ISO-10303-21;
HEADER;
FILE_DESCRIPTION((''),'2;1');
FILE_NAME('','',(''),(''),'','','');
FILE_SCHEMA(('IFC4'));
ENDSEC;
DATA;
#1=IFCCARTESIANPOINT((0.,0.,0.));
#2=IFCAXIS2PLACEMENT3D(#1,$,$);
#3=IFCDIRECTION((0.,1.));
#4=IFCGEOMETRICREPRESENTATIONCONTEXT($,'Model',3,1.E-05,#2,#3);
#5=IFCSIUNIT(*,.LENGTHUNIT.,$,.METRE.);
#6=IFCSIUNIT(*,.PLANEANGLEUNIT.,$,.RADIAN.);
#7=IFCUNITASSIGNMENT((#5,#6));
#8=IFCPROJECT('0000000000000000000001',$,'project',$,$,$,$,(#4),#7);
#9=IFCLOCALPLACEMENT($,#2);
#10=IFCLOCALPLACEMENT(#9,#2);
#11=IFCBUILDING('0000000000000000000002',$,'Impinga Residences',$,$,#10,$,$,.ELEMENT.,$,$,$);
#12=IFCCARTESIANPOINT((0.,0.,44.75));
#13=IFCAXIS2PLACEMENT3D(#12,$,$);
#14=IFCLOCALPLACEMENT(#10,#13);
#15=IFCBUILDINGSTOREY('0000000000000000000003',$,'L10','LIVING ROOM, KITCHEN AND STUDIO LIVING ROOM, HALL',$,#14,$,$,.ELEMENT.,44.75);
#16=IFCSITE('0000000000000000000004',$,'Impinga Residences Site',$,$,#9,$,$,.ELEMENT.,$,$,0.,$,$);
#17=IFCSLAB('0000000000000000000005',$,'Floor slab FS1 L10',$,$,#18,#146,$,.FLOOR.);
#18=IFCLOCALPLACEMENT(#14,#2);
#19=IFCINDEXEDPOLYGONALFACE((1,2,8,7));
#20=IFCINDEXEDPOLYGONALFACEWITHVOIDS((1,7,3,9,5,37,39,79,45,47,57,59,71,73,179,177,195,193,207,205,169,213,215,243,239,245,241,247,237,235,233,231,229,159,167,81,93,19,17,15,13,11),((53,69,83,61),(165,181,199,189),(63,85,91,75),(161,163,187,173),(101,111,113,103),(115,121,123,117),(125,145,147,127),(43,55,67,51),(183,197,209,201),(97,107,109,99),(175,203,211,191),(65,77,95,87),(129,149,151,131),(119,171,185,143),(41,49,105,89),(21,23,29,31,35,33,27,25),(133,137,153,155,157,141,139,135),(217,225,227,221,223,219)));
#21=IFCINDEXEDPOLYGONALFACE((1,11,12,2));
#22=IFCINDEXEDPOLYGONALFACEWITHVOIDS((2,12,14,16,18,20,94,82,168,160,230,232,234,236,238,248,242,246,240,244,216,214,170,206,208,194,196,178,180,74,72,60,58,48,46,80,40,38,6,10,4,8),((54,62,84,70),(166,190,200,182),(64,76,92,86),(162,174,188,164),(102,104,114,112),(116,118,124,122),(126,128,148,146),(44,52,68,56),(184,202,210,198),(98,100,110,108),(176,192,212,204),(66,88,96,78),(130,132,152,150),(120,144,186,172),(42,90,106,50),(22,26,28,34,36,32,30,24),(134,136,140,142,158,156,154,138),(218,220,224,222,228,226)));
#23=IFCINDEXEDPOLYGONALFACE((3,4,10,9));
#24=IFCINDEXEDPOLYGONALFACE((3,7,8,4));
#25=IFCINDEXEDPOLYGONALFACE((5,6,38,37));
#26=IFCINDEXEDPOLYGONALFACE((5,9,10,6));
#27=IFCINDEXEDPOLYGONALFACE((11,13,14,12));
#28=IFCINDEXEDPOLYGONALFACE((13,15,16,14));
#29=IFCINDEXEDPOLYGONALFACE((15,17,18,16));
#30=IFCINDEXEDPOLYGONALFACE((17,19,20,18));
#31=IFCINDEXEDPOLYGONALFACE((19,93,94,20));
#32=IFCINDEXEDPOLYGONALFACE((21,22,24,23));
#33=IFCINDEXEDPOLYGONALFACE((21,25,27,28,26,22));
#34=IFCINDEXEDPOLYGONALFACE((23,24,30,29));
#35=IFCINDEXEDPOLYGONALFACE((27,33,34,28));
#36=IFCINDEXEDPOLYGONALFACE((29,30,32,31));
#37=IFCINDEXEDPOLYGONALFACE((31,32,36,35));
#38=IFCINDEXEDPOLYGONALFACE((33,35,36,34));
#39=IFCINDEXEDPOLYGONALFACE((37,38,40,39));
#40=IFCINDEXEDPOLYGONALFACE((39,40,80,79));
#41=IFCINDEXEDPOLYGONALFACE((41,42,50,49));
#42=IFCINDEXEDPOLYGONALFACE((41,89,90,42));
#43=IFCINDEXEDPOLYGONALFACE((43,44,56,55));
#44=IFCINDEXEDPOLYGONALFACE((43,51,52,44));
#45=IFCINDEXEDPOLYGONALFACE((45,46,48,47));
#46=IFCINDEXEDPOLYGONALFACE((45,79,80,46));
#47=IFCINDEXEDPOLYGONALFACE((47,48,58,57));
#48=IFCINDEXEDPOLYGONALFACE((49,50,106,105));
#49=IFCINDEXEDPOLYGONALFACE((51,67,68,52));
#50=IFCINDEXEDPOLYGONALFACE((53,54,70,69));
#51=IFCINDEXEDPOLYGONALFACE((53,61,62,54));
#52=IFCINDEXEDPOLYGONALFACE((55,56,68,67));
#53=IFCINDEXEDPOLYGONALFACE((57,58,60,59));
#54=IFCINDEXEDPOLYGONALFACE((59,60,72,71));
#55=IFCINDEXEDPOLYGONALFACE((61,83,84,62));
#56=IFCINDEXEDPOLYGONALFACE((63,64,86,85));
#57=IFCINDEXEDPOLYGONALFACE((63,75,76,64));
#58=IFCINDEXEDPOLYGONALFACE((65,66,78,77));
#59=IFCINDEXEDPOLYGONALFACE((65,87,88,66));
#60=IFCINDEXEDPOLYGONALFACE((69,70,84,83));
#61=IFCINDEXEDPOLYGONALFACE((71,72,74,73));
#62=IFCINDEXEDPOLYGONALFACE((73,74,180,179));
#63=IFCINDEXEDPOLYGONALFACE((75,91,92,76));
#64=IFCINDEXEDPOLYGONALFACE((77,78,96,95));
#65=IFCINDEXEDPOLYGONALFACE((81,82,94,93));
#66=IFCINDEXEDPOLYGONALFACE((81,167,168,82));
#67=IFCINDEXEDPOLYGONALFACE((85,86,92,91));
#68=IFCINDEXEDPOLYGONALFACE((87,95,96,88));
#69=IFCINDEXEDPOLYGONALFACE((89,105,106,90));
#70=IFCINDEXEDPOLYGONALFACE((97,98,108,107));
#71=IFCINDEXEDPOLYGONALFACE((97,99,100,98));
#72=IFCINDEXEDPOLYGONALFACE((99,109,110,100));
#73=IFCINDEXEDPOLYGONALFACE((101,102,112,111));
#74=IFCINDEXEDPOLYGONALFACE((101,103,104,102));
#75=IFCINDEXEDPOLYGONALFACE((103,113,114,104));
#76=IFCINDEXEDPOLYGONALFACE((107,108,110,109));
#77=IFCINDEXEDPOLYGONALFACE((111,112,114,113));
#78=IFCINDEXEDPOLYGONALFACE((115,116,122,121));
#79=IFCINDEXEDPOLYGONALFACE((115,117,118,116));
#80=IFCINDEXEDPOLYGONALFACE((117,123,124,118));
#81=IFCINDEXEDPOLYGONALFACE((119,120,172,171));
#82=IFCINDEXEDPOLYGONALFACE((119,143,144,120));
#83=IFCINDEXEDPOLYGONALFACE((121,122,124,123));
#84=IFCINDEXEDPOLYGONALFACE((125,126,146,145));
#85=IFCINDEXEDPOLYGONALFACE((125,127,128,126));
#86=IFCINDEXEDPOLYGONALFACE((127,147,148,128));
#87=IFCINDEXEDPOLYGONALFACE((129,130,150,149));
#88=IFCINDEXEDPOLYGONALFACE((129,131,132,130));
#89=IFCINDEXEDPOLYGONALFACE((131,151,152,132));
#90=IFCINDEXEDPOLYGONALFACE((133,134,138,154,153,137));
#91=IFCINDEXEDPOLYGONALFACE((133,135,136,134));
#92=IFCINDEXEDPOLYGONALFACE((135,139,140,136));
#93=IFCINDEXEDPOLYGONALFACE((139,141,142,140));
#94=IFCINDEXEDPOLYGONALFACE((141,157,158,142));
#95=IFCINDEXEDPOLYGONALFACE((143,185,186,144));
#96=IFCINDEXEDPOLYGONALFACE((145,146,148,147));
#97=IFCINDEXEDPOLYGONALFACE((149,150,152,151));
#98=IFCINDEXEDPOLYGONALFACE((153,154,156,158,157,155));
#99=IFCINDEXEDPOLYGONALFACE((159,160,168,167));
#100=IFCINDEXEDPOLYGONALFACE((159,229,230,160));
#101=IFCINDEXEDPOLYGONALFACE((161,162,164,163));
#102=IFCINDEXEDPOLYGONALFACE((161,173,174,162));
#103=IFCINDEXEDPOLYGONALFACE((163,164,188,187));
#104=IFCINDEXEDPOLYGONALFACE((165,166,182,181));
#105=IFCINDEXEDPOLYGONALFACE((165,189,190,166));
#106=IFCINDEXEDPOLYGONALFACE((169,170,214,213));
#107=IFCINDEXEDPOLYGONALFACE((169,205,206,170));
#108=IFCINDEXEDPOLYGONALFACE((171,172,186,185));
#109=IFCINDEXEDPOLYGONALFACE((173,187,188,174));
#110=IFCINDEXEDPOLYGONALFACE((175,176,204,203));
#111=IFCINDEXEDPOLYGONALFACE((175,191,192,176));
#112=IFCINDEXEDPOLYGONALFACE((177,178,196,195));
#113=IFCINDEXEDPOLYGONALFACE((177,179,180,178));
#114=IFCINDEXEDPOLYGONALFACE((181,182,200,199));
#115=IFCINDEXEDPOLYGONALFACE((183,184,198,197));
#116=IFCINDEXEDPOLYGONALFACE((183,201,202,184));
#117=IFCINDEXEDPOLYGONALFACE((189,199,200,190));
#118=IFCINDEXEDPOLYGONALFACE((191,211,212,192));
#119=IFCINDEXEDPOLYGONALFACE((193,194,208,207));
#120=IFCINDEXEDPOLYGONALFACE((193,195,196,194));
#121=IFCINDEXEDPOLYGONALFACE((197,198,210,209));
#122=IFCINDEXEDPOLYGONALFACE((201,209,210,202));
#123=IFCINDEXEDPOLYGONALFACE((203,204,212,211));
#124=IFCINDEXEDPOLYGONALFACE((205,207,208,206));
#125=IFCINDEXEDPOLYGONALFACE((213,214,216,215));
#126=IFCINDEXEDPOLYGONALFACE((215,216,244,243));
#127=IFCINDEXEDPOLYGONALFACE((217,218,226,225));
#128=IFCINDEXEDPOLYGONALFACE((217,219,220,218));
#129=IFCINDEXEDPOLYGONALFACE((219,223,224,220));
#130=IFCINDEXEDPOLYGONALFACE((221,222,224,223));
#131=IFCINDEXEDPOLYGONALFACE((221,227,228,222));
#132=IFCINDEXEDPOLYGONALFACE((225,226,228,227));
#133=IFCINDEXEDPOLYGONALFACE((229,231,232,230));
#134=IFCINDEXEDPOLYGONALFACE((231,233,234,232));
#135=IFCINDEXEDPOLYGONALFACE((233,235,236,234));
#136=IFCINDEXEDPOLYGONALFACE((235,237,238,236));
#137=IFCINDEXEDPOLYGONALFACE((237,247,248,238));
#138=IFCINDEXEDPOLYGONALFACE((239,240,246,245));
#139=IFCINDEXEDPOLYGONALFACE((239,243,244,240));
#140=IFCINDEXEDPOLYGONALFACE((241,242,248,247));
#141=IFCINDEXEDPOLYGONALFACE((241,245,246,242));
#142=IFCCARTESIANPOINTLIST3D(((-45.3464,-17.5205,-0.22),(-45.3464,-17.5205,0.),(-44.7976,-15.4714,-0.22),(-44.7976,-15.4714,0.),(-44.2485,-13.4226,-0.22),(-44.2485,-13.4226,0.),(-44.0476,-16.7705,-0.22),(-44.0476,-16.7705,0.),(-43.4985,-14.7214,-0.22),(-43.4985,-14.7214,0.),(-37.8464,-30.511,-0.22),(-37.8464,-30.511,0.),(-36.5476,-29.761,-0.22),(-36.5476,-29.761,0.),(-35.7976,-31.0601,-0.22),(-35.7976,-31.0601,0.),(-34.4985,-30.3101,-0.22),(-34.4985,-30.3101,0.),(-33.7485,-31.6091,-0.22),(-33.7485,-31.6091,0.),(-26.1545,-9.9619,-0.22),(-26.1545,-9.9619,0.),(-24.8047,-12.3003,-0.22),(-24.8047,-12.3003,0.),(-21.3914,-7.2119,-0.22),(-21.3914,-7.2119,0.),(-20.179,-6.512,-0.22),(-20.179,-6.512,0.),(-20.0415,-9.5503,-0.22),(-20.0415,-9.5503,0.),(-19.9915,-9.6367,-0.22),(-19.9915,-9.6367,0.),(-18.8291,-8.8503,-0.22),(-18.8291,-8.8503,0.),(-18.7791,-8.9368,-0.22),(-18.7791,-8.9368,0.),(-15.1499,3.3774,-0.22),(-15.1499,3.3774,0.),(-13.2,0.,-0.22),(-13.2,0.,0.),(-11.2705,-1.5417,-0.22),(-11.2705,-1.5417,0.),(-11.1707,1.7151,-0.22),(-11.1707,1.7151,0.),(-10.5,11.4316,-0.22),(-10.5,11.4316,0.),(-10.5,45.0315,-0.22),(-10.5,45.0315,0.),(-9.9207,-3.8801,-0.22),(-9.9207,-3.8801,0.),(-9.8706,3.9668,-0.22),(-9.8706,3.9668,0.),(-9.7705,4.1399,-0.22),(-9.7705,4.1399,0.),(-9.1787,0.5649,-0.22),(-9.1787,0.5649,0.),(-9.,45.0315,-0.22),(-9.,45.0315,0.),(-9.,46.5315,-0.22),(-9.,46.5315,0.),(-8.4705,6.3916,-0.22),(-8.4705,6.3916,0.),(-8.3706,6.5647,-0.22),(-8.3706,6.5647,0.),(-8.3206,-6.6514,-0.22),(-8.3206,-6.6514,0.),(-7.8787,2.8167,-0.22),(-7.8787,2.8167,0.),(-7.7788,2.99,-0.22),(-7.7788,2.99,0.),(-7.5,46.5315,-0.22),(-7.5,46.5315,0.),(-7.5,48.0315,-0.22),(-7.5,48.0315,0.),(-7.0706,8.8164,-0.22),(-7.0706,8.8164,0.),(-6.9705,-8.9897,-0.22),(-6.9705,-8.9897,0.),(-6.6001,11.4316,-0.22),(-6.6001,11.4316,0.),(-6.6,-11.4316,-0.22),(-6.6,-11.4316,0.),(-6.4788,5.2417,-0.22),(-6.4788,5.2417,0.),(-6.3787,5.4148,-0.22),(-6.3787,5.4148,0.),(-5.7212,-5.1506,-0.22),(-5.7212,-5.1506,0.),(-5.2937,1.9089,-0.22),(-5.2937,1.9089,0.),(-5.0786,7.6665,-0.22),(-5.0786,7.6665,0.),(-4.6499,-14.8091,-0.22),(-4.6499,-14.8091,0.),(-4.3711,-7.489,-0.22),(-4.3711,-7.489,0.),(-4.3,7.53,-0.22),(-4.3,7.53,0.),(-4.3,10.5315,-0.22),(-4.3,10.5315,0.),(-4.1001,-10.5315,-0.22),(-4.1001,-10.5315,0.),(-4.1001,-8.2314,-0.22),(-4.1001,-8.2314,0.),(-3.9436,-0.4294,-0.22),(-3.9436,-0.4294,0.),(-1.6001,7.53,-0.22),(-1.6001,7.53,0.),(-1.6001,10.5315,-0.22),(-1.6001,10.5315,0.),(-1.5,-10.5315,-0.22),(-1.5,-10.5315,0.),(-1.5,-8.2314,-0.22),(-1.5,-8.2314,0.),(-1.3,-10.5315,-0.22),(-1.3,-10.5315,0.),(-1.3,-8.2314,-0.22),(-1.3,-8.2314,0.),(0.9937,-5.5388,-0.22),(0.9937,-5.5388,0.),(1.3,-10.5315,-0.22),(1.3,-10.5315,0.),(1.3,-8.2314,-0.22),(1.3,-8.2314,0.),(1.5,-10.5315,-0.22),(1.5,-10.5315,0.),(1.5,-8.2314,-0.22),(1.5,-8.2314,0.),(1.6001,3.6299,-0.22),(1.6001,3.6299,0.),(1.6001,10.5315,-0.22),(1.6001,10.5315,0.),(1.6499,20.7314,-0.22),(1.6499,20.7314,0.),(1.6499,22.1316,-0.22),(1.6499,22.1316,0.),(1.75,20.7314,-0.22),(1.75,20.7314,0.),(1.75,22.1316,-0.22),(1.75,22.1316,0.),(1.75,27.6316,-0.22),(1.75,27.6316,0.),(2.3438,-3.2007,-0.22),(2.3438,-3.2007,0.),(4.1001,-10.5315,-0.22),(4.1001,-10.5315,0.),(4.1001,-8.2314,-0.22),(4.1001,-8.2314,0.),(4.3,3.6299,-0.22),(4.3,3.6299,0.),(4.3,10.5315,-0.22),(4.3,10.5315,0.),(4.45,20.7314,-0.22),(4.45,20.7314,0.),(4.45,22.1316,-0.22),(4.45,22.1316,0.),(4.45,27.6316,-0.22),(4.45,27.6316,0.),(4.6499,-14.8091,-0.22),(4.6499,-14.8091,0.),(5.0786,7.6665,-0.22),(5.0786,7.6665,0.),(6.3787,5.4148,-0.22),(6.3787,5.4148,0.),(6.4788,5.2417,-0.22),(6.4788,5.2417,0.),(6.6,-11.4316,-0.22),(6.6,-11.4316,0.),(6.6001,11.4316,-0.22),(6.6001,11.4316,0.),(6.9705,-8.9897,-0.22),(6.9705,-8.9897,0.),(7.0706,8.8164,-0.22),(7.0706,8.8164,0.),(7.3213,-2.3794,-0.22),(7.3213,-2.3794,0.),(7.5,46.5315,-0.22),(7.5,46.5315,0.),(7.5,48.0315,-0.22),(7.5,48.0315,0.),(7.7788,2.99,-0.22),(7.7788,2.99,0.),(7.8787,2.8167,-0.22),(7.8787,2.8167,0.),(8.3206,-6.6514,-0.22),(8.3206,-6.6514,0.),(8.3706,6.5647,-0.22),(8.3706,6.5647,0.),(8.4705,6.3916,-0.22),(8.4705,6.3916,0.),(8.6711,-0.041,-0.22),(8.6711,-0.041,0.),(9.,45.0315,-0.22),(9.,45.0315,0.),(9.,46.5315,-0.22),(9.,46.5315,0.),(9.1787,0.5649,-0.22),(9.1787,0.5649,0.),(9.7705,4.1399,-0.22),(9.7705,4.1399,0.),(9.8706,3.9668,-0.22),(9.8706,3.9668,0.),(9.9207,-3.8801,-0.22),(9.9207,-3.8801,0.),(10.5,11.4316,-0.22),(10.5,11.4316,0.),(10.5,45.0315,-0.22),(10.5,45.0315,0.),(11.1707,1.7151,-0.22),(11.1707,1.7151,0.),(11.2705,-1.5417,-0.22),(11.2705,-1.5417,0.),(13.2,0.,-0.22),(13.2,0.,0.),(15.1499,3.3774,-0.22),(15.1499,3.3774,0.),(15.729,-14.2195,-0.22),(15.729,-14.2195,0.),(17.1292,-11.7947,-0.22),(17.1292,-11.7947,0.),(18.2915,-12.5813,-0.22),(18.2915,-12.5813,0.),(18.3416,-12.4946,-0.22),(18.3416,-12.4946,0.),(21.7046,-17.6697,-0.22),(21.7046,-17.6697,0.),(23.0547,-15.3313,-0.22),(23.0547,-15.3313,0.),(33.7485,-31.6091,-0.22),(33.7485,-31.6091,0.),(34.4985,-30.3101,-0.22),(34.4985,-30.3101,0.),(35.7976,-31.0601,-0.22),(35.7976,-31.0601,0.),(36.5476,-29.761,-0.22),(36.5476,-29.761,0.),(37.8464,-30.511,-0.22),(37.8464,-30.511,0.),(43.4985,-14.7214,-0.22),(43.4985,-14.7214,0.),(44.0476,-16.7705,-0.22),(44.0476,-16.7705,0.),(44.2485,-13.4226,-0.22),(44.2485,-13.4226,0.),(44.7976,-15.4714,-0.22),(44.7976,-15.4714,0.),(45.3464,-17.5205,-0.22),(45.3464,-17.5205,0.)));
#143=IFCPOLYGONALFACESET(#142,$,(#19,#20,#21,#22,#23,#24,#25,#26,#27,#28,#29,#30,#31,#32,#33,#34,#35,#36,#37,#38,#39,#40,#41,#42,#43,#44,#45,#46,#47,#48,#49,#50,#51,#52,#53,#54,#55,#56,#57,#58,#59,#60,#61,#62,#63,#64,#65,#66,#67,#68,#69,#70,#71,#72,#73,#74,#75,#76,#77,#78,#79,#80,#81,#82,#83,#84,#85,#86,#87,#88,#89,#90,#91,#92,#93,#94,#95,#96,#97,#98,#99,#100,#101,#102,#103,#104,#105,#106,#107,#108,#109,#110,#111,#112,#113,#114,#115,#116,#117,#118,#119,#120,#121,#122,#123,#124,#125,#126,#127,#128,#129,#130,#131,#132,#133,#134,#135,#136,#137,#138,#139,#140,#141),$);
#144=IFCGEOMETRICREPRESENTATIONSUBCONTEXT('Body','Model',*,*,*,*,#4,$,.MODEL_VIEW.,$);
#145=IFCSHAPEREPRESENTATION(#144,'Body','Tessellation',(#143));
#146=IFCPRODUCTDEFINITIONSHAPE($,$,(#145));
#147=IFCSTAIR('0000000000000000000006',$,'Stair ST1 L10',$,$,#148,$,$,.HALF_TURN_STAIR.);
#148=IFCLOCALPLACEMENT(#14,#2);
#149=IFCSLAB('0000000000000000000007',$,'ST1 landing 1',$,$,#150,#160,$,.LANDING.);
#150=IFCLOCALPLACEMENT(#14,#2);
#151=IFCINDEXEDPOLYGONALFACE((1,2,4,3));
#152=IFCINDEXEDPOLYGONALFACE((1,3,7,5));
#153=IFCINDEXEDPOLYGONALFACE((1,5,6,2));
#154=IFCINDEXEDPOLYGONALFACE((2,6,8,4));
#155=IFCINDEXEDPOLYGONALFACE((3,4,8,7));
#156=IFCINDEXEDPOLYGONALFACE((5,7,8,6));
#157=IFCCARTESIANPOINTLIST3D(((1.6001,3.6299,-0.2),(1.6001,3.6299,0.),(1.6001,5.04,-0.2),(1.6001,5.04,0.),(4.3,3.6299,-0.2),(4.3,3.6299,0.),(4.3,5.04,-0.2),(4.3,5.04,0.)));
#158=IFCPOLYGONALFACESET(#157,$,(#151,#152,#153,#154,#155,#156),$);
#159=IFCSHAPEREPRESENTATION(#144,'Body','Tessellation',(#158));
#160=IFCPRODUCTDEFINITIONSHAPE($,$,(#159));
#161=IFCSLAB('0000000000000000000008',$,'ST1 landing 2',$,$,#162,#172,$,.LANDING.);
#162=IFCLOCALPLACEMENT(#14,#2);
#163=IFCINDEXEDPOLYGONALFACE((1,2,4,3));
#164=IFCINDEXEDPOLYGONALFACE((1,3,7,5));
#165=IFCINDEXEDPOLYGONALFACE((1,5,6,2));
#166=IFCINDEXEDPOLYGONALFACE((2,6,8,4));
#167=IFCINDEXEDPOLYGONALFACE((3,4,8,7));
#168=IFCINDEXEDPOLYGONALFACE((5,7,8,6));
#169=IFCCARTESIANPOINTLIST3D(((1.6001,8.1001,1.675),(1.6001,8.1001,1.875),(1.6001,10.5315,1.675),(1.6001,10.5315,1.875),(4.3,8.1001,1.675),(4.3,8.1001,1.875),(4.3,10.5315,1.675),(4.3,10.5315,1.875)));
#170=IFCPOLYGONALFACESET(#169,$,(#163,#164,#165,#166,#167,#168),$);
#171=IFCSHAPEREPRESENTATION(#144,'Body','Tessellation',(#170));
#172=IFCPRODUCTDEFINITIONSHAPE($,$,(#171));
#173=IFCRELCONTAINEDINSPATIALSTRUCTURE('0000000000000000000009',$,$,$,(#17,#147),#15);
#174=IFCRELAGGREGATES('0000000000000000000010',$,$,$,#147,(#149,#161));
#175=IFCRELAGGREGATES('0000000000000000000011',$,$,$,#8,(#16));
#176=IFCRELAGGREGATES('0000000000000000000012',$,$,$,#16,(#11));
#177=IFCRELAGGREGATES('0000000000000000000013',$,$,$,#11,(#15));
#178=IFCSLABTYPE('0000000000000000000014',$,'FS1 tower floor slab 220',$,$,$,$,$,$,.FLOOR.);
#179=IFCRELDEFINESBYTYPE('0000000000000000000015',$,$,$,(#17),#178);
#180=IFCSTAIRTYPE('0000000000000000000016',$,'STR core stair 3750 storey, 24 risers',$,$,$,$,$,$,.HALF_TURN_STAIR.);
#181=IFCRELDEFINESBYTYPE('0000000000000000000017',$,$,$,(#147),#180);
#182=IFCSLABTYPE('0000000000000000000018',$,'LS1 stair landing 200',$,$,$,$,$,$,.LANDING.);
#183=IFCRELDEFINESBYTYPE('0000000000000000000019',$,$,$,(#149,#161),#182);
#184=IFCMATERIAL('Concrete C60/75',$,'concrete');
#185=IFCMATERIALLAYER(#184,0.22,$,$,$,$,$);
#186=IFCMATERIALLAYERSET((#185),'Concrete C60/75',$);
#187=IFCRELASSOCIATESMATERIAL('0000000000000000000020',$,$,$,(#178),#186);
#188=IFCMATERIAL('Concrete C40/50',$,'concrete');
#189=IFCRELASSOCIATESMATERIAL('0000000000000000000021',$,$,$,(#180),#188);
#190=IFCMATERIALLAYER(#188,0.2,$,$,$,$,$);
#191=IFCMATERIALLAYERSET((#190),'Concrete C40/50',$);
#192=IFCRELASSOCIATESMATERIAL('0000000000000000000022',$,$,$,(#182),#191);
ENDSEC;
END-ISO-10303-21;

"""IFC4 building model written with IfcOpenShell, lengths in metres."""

from ifc_helpers import new_model, si_unit, direction, frame, origin, place, context, subcontext, project, spatial, polyline, outline, extrude, material, layer, layer_set, type_object, element, aggregate, save


model = new_model("IFC4")

# Units and contexts
model_context = context("Model", 3, precision=1e-05, world=origin(), true_north=direction((0.0, 1.0)))
body_context = subcontext(model_context, "Body", "Model", "MODEL_VIEW")
ifc_project = project(units=[si_unit("LENGTHUNIT", "METRE"), si_unit("PLANEANGLEUNIT", "RADIAN")], contexts=[model_context])

# Site, building, storey
site_placement = place(None, origin())
site = spatial("IfcSite", under=ifc_project, at=site_placement, Name="Impinga Residences Site", CompositionType="ELEMENT", RefElevation=0.0)
building_placement = place(site_placement, origin())
building = spatial("IfcBuilding", under=site, at=building_placement, Name="Impinga Residences", CompositionType="ELEMENT")
storey_placement = place(building_placement, frame((0.0, 0.0, 44.75)))
storey = spatial("IfcBuildingStorey", under=building, at=storey_placement, Name="L10", Description="LIVING ROOM, KITCHEN AND STUDIO LIVING ROOM, HALL", CompositionType="ELEMENT", Elevation=44.75)

# Slab
ifc_material_1 = material(Name="Concrete C60/75", Category="concrete")
ifc_layer_1 = layer(ifc_material_1, 0.22)
ifc_layer_set_1 = layer_set([ifc_layer_1], Name="Concrete C60/75")
slab_type_1 = type_object("IfcSlabType", Name="FS1 tower floor slab 220", PredefinedType="FLOOR", material=ifc_layer_set_1)
slab_1_placement = place(storey_placement, frame((0.0, 0.0, -0.22)))
element("IfcSlab", 1, at=slab_1_placement, inside=storey, type_object=slab_type_1, Name="Floor slab FS1 L10", PredefinedType="FLOOR", context=body_context, shape_type="SweptSolid", body=[
    extrude(outline(polyline([(-34.4985, -30.3101), (-35.7976, -31.0601), (-36.5476, -29.761), (-37.8464, -30.511), (-45.3464, -17.5205), (-44.0476, -16.7705), (-44.7976, -15.4714), (-43.4985, -14.7214), (-44.2485, -13.4226), (-15.1499, 3.3774), (-13.2, 0.0), (-6.6001, 11.4316), (-10.5, 11.4316), (-10.5, 45.0315), (-9.0, 45.0315), (-9.0, 46.5315), (-7.5, 46.5315), (-7.5, 48.0315), (7.5, 48.0315), (7.5, 46.5315), (9.0, 46.5315), (9.0, 45.0315), (10.5, 45.0315), (10.5, 11.4316), (6.6001, 11.4316), (13.2, 0.0), (15.1499, 3.3774), (44.2485, -13.4226), (43.4985, -14.7214), (44.7976, -15.4714), (44.0476, -16.7705), (45.3464, -17.5205), (37.8464, -30.511), (36.5476, -29.761), (35.7976, -31.0601), (34.4985, -30.3101), (33.7485, -31.6091), (4.6499, -14.8091), (9.9001, -5.7158), (6.6001, -11.4316), (-6.6001, -11.4316), (-9.9001, -5.7158), (-4.6499, -14.8091), (-33.7485, -31.6091), (-34.4985, -30.3101)]), holes=[polyline([(-21.3914, -7.2119), (-26.1545, -9.9619), (-24.8047, -12.3003), (-20.0415, -9.5503), (-19.9915, -9.6367), (-18.7791, -8.9368), (-18.8291, -8.8503), (-18.8291, -8.8503), (-20.179, -6.512), (-21.3914, -7.2119), (-21.3914, -7.2119)]), polyline([(-1.5, -8.2314), (-4.1001, -8.2314), (-4.1001, -10.5315), (-1.5, -10.5315), (-1.5, -8.2314)]), polyline([(1.3, -8.2314), (-1.3, -8.2314), (-1.3, -10.5315), (1.3, -10.5315), (1.3, -8.2314)]), polyline([(1.5, -8.2314), (1.5, -10.5315), (4.1001, -10.5315), (4.1001, -8.2314), (1.5, -8.2314)]), polyline([(-5.7212, -5.1506), (-8.3206, -6.6514), (-6.9705, -8.9897), (-4.3711, -7.489), (-5.7212, -5.1506)]), polyline([(-3.9436, -0.4294), (-5.2937, 1.9089), (-11.2705, -1.5417), (-9.9207, -3.8801), (-3.9436, -0.4294)]), polyline([(-9.1787, 0.5649), (-7.8787, 2.8167), (-9.8706, 3.9668), (-11.1707, 1.7151), (-9.1787, 0.5649)]), polyline([(-6.4788, 5.2417), (-8.4705, 6.3916), (-9.7705, 4.1399), (-7.7788, 2.99), (-6.4788, 5.2417)]), polyline([(-6.3787, 5.4148), (-5.0786, 7.6665), (-7.0706, 8.8164), (-8.3706, 6.5647), (-6.3787, 5.4148)]), polyline([(-4.3, 7.53), (-1.6001, 7.53), (-1.6001, 10.5315), (-4.3, 10.5315), (-4.3, 7.53)]), polyline([(15.729, -14.2195), (21.7046, -17.6697), (23.0547, -15.3313), (18.2915, -12.5813), (18.3416, -12.4946), (17.1292, -11.7947), (15.729, -14.2195)]), polyline([(0.9937, -5.5388), (6.9705, -8.9897), (8.3206, -6.6514), (2.3438, -3.2007), (0.9937, -5.5388)]), polyline([(8.6711, -0.041), (7.3213, -2.3794), (9.9207, -3.8801), (11.2705, -1.5417), (8.6711, -0.041)]), polyline([(7.8787, 2.8167), (9.1787, 0.5649), (11.1707, 1.7151), (9.8706, 3.9668), (7.8787, 2.8167)]), polyline([(7.7788, 2.99), (9.7705, 4.1399), (8.4705, 6.3916), (6.4788, 5.2417), (7.7788, 2.99)]), polyline([(1.6001, 3.6299), (4.3, 3.6299), (4.3, 10.5315), (1.6001, 10.5315), (1.6001, 3.6299)]), polyline([(5.0786, 7.6665), (6.3787, 5.4148), (8.3706, 6.5647), (7.0706, 8.8164), (5.0786, 7.6665)]), polyline([(1.75, 22.1316), (1.6499, 22.1316), (1.6499, 20.7314), (1.75, 20.7314), (4.45, 20.7314), (4.45, 22.1316), (4.45, 27.6316), (1.75, 27.6316), (1.75, 22.1316)])]), origin(), (0.0, 0.0, 1.0), 0.22),
])

# Stair, slabs
ifc_material_2 = material(Name="Concrete C40/50", Category="concrete")
stair_type = type_object("IfcStairType", Name="STR core stair 3750 storey, 24 risers", PredefinedType="HALF_TURN_STAIR", material=ifc_material_2)
stair_1_placement = place(storey_placement, origin())
stair_1 = element("IfcStair", 2, at=stair_1_placement, inside=storey, type_object=stair_type, Name="Stair ST1 L10", PredefinedType="HALF_TURN_STAIR")
ifc_layer_2 = layer(ifc_material_2, 0.2)
ifc_layer_set_2 = layer_set([ifc_layer_2], Name="Concrete C40/50")
slab_type_2 = type_object("IfcSlabType", Name="LS1 stair landing 200", PredefinedType="LANDING", material=ifc_layer_set_2)
slab_2_placement = place(storey_placement, frame((0.0, 0.0, -0.2)))
slab_2 = element("IfcSlab", 3, at=slab_2_placement, type_object=slab_type_2, Name="ST1 landing 1", PredefinedType="LANDING", context=body_context, shape_type="SweptSolid", body=[
    extrude(outline(polyline([(1.6001, 3.6299), (4.3, 3.6299), (4.3, 5.04), (1.6001, 5.04), (1.6001, 3.6299)])), origin(), (0.0, 0.0, 1.0), 0.2),
])
slab_3_placement = place(storey_placement, frame((0.0, 0.0, 1.675)))
slab_3 = element("IfcSlab", 4, at=slab_3_placement, type_object=slab_type_2, Name="ST1 landing 2", PredefinedType="LANDING", context=body_context, shape_type="SweptSolid", body=[
    extrude(outline(polyline([(1.6001, 8.1001), (4.3, 8.1001), (4.3, 10.5315), (1.6001, 10.5315), (1.6001, 8.1001)])), origin(), (0.0, 0.0, 1.0), 0.2),
])
aggregate(stair_1, [slab_2, slab_3])

save(model, "model.ifc")
